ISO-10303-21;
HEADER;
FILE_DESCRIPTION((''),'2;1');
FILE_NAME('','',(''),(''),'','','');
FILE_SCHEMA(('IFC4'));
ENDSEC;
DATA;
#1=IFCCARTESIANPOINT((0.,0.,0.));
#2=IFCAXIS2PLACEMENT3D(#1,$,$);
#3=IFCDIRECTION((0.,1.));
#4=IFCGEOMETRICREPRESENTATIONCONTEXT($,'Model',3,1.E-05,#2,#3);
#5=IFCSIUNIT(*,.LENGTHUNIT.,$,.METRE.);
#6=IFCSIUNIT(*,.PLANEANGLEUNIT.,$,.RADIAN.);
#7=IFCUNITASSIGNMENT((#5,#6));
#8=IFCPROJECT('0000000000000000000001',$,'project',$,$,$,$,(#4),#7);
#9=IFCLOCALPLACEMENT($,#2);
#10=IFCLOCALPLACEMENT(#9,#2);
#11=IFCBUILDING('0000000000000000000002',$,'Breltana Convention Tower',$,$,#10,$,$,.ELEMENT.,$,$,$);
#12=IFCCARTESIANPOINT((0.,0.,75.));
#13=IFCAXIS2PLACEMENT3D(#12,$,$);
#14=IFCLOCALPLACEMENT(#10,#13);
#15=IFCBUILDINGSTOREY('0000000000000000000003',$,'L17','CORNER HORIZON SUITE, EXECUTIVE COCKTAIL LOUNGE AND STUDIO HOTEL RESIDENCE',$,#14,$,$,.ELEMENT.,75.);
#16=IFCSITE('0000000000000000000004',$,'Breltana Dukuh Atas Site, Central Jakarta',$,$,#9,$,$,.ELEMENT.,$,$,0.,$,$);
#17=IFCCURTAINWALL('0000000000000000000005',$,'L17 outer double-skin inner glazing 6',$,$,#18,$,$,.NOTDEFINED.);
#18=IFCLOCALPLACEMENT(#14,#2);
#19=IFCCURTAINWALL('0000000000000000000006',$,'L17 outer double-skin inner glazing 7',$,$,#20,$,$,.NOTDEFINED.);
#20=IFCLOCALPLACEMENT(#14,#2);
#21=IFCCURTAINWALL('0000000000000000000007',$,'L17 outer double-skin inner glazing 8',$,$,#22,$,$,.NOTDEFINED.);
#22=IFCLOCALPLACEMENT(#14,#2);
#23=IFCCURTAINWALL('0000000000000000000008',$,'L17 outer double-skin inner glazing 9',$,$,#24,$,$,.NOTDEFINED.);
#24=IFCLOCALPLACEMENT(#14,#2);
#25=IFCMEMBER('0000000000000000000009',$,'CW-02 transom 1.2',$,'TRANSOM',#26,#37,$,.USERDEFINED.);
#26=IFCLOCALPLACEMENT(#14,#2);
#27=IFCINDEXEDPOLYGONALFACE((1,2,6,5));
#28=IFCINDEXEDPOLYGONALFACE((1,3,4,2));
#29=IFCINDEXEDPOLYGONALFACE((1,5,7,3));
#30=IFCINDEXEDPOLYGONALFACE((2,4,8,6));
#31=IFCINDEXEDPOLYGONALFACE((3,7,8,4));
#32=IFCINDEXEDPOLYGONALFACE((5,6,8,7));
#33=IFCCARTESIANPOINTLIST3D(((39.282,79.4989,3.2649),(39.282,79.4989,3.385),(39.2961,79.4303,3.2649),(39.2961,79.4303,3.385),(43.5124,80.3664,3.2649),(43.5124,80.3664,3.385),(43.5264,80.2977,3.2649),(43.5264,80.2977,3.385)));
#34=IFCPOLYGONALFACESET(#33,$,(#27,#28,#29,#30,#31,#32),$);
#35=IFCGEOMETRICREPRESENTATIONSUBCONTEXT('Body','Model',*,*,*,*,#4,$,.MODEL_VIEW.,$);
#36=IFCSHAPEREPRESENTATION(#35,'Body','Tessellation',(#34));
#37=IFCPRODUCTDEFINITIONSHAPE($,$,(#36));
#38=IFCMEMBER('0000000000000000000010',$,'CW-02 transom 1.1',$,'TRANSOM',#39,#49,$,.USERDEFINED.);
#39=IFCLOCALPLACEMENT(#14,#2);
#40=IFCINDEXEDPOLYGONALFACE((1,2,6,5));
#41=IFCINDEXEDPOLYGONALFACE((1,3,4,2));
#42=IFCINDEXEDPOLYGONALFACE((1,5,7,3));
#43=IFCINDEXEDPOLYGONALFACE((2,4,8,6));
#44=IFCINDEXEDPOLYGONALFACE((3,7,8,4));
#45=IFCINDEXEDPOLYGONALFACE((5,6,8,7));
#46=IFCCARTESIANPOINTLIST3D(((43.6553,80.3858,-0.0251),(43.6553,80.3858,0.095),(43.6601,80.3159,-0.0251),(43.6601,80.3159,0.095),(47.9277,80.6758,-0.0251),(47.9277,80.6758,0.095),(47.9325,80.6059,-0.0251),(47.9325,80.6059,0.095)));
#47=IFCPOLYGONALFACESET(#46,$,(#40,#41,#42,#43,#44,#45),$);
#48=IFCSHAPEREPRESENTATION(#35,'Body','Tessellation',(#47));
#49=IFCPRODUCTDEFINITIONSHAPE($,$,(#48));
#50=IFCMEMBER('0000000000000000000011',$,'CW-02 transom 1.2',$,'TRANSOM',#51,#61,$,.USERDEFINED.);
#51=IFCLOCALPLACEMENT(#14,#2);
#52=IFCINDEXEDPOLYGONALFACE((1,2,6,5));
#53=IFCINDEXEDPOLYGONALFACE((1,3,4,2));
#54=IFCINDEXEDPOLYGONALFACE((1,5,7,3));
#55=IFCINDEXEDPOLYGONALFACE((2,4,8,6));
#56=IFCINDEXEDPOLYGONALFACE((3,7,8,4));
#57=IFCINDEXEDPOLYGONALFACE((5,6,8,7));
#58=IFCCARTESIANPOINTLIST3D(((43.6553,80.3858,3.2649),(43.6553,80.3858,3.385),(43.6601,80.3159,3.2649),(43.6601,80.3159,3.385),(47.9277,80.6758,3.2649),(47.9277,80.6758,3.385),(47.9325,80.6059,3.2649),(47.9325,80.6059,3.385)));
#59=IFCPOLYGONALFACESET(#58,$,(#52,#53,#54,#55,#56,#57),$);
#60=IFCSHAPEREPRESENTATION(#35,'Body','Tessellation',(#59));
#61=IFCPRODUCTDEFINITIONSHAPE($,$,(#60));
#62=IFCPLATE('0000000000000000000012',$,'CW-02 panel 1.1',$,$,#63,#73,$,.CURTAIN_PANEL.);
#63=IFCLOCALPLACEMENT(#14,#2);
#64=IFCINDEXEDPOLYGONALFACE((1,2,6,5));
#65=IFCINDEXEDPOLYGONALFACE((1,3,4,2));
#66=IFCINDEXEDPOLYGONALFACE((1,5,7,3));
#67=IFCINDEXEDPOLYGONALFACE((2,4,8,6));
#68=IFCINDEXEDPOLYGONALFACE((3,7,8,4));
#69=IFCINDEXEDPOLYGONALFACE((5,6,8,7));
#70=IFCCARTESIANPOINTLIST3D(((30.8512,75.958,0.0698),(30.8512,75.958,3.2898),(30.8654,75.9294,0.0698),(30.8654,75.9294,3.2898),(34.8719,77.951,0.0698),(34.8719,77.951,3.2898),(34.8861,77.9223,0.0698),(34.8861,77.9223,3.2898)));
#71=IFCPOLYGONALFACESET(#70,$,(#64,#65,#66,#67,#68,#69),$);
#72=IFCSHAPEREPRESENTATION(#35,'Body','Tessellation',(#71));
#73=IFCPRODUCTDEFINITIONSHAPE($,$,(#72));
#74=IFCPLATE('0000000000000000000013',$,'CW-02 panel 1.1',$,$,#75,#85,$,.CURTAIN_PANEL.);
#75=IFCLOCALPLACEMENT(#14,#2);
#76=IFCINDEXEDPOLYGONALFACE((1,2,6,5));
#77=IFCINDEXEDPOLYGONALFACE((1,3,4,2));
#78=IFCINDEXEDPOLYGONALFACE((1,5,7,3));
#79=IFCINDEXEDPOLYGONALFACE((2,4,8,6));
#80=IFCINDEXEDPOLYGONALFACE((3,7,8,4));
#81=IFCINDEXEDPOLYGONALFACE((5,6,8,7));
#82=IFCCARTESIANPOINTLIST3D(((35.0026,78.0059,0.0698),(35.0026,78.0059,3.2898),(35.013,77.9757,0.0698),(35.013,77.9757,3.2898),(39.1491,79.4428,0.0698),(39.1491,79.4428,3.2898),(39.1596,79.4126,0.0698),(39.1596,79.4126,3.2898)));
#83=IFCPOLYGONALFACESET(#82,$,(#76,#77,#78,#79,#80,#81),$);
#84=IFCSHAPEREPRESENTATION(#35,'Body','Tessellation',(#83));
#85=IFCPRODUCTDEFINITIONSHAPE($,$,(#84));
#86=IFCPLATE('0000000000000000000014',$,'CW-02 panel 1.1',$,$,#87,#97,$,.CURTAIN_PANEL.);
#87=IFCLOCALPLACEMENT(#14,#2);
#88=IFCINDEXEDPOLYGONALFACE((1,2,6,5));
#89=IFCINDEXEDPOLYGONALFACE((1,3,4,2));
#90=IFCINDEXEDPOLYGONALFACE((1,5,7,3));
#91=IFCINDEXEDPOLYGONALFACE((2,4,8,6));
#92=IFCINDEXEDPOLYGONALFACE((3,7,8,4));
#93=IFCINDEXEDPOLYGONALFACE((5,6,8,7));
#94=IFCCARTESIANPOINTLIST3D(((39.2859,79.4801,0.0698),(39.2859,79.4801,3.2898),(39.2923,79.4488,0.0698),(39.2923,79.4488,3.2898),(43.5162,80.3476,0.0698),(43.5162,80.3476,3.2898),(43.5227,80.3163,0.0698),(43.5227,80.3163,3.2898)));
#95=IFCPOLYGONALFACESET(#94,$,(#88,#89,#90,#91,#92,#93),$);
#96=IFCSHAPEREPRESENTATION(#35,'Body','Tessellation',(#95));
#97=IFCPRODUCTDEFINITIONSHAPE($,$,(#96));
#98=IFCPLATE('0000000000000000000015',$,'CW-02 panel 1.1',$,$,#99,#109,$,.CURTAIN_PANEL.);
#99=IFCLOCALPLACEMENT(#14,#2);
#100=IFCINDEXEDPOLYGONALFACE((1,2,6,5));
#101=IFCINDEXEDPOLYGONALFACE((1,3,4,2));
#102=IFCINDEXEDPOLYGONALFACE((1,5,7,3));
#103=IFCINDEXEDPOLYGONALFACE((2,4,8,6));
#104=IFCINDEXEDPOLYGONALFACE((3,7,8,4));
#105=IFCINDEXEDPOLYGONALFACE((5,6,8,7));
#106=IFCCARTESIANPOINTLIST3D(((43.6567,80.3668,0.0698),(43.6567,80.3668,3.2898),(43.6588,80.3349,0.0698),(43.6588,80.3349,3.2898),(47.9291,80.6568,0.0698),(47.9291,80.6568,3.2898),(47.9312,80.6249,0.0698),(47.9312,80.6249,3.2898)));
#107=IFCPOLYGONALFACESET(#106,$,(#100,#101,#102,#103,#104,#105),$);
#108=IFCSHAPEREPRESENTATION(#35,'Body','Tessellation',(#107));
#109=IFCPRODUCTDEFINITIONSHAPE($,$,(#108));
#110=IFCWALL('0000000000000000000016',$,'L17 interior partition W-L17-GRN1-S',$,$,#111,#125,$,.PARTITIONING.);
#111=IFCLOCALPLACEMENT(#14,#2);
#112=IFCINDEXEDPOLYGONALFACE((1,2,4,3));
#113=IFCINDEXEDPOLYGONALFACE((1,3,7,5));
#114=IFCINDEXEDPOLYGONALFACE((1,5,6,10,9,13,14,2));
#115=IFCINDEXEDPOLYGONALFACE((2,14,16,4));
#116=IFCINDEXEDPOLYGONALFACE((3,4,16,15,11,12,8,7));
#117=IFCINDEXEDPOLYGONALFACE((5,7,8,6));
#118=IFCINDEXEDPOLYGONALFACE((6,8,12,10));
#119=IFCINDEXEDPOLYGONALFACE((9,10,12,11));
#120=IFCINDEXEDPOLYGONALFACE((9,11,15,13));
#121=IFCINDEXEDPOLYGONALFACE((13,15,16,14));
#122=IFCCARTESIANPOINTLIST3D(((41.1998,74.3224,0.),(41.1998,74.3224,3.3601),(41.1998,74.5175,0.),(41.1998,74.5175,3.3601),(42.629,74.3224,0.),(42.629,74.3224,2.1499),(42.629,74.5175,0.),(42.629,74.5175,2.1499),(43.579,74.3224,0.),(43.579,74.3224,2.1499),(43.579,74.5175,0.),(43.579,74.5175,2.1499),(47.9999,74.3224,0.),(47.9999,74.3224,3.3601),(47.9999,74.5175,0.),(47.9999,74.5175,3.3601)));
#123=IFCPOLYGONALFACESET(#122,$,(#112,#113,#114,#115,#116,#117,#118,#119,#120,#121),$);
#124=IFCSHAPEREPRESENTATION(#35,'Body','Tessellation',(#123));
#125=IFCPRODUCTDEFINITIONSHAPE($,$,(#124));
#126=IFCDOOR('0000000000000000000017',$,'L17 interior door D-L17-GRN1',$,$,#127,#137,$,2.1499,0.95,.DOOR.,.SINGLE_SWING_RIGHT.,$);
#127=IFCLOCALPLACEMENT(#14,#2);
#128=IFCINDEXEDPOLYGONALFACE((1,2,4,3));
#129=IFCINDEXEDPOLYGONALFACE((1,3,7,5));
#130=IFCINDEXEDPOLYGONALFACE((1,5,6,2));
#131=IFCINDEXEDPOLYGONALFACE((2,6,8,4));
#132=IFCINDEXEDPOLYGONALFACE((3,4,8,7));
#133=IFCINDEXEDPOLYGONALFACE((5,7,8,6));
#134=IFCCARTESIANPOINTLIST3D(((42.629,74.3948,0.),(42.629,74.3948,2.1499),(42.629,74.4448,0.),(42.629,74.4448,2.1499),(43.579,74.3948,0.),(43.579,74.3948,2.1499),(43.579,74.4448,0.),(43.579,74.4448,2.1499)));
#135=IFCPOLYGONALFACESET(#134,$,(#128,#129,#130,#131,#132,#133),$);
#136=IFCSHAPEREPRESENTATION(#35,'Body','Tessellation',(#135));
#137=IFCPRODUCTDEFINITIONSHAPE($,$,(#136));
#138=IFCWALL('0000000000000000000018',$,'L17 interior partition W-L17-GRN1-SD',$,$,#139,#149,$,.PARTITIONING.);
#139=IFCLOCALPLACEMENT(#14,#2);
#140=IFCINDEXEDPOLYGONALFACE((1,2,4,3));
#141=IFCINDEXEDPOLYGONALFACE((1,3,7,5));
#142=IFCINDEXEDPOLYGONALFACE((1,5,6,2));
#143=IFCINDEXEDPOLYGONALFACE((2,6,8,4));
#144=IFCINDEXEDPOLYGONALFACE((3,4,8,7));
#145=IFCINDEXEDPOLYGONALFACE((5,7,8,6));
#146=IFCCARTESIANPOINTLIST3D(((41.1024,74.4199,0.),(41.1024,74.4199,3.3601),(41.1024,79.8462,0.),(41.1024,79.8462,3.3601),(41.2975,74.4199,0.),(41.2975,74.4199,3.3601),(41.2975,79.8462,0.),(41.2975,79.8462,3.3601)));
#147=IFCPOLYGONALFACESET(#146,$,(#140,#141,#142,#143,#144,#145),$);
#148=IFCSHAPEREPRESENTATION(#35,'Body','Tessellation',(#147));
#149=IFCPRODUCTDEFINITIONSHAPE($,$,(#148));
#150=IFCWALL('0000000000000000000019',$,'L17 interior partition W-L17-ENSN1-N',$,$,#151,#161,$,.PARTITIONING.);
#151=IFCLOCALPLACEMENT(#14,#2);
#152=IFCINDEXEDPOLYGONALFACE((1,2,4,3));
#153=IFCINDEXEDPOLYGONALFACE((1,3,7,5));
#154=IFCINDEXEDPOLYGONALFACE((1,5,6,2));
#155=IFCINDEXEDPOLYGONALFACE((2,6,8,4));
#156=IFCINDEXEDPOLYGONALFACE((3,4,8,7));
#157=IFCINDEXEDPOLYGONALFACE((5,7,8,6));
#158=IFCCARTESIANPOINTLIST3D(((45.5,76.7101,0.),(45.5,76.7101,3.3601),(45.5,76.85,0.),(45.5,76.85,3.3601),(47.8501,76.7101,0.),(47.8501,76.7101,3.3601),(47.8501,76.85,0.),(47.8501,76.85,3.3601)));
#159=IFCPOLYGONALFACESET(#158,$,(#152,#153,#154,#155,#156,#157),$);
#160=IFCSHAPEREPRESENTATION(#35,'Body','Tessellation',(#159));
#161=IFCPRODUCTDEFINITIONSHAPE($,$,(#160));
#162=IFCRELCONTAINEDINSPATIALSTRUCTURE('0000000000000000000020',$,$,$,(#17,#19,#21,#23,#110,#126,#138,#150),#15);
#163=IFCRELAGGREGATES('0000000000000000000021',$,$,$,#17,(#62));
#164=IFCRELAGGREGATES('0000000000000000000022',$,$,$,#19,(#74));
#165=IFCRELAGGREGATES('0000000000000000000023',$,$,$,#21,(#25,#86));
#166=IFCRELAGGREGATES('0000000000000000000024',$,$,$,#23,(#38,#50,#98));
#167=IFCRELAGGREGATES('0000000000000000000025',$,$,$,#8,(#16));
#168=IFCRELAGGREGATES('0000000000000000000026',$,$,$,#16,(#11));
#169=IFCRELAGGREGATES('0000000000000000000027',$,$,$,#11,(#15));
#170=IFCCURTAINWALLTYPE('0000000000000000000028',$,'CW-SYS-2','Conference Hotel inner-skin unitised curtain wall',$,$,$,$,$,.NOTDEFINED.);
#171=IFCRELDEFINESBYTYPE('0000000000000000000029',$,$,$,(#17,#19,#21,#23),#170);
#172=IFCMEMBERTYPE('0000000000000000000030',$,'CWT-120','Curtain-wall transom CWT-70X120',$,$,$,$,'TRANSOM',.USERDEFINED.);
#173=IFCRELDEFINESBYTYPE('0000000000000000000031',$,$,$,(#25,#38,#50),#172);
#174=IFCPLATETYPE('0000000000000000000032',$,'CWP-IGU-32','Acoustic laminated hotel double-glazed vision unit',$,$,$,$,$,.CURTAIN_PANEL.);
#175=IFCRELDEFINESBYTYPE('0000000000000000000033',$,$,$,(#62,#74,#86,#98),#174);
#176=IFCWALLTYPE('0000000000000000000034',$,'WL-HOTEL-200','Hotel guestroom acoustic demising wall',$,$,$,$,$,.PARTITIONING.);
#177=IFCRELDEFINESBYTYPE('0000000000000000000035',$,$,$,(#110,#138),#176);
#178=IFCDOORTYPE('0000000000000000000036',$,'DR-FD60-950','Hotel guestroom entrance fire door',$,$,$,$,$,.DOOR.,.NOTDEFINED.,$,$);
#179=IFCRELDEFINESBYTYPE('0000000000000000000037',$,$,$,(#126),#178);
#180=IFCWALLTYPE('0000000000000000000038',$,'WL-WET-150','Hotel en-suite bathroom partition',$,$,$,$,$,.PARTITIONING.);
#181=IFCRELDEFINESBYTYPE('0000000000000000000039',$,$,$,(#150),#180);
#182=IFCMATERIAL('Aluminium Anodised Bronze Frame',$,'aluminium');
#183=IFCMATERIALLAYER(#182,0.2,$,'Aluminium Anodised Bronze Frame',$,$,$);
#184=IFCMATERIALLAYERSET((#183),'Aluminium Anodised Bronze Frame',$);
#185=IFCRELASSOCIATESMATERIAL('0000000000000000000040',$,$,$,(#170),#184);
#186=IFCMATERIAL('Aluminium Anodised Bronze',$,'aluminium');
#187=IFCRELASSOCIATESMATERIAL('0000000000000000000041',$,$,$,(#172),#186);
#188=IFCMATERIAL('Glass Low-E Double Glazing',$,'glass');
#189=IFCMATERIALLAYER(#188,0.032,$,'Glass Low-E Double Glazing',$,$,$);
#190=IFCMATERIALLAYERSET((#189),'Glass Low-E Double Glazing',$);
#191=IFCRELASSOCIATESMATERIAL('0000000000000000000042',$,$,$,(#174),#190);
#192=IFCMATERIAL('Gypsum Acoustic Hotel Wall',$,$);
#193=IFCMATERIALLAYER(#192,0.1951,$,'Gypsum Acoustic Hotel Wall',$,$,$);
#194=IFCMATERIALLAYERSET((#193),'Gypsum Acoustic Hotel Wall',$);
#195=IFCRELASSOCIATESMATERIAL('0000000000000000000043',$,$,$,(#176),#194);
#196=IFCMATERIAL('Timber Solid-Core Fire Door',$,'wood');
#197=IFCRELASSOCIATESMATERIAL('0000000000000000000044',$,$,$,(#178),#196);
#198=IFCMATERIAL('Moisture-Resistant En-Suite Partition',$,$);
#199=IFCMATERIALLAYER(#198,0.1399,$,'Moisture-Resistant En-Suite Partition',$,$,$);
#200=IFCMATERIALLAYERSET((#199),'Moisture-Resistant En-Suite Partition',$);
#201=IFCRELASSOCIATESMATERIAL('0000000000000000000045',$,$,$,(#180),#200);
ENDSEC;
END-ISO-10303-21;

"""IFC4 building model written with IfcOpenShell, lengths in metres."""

from ifc_helpers import new_model, si_unit, direction, frame, frame_2d, origin, origin_2d, place, context, subcontext, project, spatial, rectangle, extrude, source, transform, mapped, material, layer, layer_set, material_profile, profile_set, type_object, type_shapes, element, fill, aggregate, save


model = new_model("IFC4")

# Units and contexts
model_context = context("Model", 3, precision=1e-05, world=origin(), true_north=direction((0.0, 1.0)))
body_context = subcontext(model_context, "Body", "Model", "MODEL_VIEW")
ifc_project = project(units=[si_unit("LENGTHUNIT", "METRE"), si_unit("PLANEANGLEUNIT", "RADIAN")], contexts=[model_context])

# Site, building, storey
site_placement = place(None, origin())
site = spatial("IfcSite", under=ifc_project, at=site_placement, Name="Breltana Dukuh Atas Site, Central Jakarta", CompositionType="ELEMENT", RefElevation=0.0)
building_placement = place(site_placement, origin())
building = spatial("IfcBuilding", under=site, at=building_placement, Name="Breltana Convention Tower", CompositionType="ELEMENT")
storey_placement = place(building_placement, frame((0.0, 0.0, 75.0)))
storey = spatial("IfcBuildingStorey", under=building, at=storey_placement, Name="L17", Description="CORNER HORIZON SUITE, EXECUTIVE COCKTAIL LOUNGE AND STUDIO HOTEL RESIDENCE", CompositionType="ELEMENT", Elevation=75.0)

# Curtain wall
ifc_material_1 = material(Name="Aluminium Anodised Bronze Frame", Category="aluminium")
ifc_layer_1 = layer(ifc_material_1, 0.2, Name="Aluminium Anodised Bronze Frame")
ifc_layer_set_1 = layer_set([ifc_layer_1], Name="Aluminium Anodised Bronze Frame")
curtain_wall_type = type_object("IfcCurtainWallType", Name="CW-SYS-2", Description="Conference Hotel inner-skin unitised curtain wall", PredefinedType="NOTDEFINED", material=ifc_layer_set_1)
curtain_wall_1_placement = place(storey_placement, origin())
curtain_wall_1 = element("IfcCurtainWall", 1, at=curtain_wall_1_placement, inside=storey, type_object=curtain_wall_type, Name="L17 outer double-skin inner glazing 6", PredefinedType="NOTDEFINED")
ifc_material_2 = material(Name="Aluminium Anodised Bronze", Category="aluminium")

# Curtain walls
curtain_wall_2_placement = place(storey_placement, origin())
curtain_wall_2 = element("IfcCurtainWall", 2, at=curtain_wall_2_placement, inside=storey, type_object=curtain_wall_type, Name="L17 outer double-skin inner glazing 7", PredefinedType="NOTDEFINED")
curtain_wall_3_placement = place(storey_placement, origin())
curtain_wall_3 = element("IfcCurtainWall", 3, at=curtain_wall_3_placement, inside=storey, type_object=curtain_wall_type, Name="L17 outer double-skin inner glazing 8", PredefinedType="NOTDEFINED")

# Curtain wall
curtain_wall_4_placement = place(storey_placement, origin())
curtain_wall_4 = element("IfcCurtainWall", 4, at=curtain_wall_4_placement, inside=storey, type_object=curtain_wall_type, Name="L17 outer double-skin inner glazing 9", PredefinedType="NOTDEFINED")

# Members
ifc_material_profile_1 = material_profile(ifc_material_2, rectangle(XDim=0.0701, YDim=0.1201, at=origin_2d()), Name="CWT-70X120")
ifc_profile_set_1 = profile_set([ifc_material_profile_1], Name="Aluminium Anodised Bronze")
member_type_1 = type_object("IfcMemberType", Name="CWT-120", Description="Curtain-wall transom CWT-70X120", ElementType="TRANSOM", PredefinedType="USERDEFINED", material=ifc_profile_set_1)
shared_shape_1 = source(origin(), body_context, "Body", "SweptSolid", [
    extrude(rectangle(XDim=0.0701, YDim=0.1201, at=origin_2d()), origin(), (0.0, 0.0, 1.0), 4.3184),
])
member_1_placement = place(storey_placement, frame((39.2891, 79.4646, 3.325), z_axis=(0.979617, 0.200876, 0.0), x_axis=(-0.200876, 0.979617, 0.0)))
member_1 = element("IfcMember", 5, at=member_1_placement, type_object=member_type_1, Name="CW-02 transom 1.2", ObjectType="TRANSOM", PredefinedType="USERDEFINED", context=body_context, shape_type="MappedRepresentation", body=[
    mapped(shared_shape_1, transform((0.0, 0.0, 0.0), scale=1.0)),
])
shared_shape_2 = source(origin(), body_context, "Body", "SweptSolid", [
    extrude(rectangle(XDim=0.0701, YDim=0.1201, at=origin_2d()), origin(), (0.0, 0.0, 1.0), 4.2822),
])
member_2_placement = place(storey_placement, frame((43.6577, 80.3508, 0.0349), z_axis=(0.997704, 0.06773, 0.0), x_axis=(-0.06773, 0.997704, 0.0)))
member_2 = element("IfcMember", 6, at=member_2_placement, type_object=member_type_1, Name="CW-02 transom 1.1", ObjectType="TRANSOM", PredefinedType="USERDEFINED", context=body_context, shape_type="MappedRepresentation", body=[
    mapped(shared_shape_2, transform((0.0, 0.0, 0.0), scale=1.0)),
])
member_3_placement = place(storey_placement, frame((43.6577, 80.3508, 3.325), z_axis=(0.997704, 0.06773, 0.0), x_axis=(-0.06773, 0.997704, 0.0)))
member_3 = element("IfcMember", 7, at=member_3_placement, type_object=member_type_1, Name="CW-02 transom 1.2", ObjectType="TRANSOM", PredefinedType="USERDEFINED", context=body_context, shape_type="MappedRepresentation", body=[
    mapped(shared_shape_2, transform((0.0, 0.0, 0.0), scale=1.0)),
])

# Plates
ifc_material_3 = material(Name="Glass Low-E Double Glazing", Category="glass")
ifc_layer_2 = layer(ifc_material_3, 0.032, Name="Glass Low-E Double Glazing")
ifc_layer_set_2 = layer_set([ifc_layer_2], Name="Glass Low-E Double Glazing")
plate_type = type_object("IfcPlateType", Name="CWP-IGU-32", Description="Acoustic laminated hotel double-glazed vision unit", PredefinedType="CURTAIN_PANEL", material=ifc_layer_set_2)
shared_shape_3 = source(origin(), body_context, "Body", "SweptSolid", [
    extrude(rectangle(XDim=4.4875, YDim=0.032, at=origin_2d()), origin(), (0.0, 0.0, 1.0), 3.22),
])
plate_1_placement = place(storey_placement, frame((32.8687, 76.9402, 0.0698), z_axis=(0.0, 0.0, 1.0), x_axis=(0.895973, 0.444108, 0.0)))
plate_1 = element("IfcPlate", 8, at=plate_1_placement, type_object=plate_type, Name="CW-02 panel 1.1", PredefinedType="CURTAIN_PANEL", context=body_context, shape_type="MappedRepresentation", body=[
    mapped(shared_shape_3, transform((0.0, 0.0, 0.0), scale=1.0)),
])
aggregate(curtain_wall_1, [plate_1])
shared_shape_4 = source(origin(), body_context, "Body", "SweptSolid", [
    extrude(rectangle(XDim=4.3884, YDim=0.032, at=origin_2d()), origin(), (0.0, 0.0, 1.0), 3.22),
])
plate_2_placement = place(storey_placement, frame((37.0811, 78.7092, 0.0698), z_axis=(0.0, 0.0, 1.0), x_axis=(0.944876, 0.327428, 0.0)))
plate_2 = element("IfcPlate", 9, at=plate_2_placement, type_object=plate_type, Name="CW-02 panel 1.1", PredefinedType="CURTAIN_PANEL", context=body_context, shape_type="MappedRepresentation", body=[
    mapped(shared_shape_4, transform((0.0, 0.0, 0.0), scale=1.0)),
])
aggregate(curtain_wall_2, [plate_2])
shared_shape_5 = source(origin(), body_context, "Body", "SweptSolid", [
    extrude(rectangle(XDim=4.3184, YDim=0.032, at=origin_2d()), origin(), (0.0, 0.0, 1.0), 3.22),
])
plate_3_placement = place(storey_placement, frame((41.4043, 79.8982, 0.0698), z_axis=(0.0, 0.0, 1.0), x_axis=(0.979615, 0.200885, 0.0)))
plate_3 = element("IfcPlate", 10, at=plate_3_placement, type_object=plate_type, Name="CW-02 panel 1.1", PredefinedType="CURTAIN_PANEL", context=body_context, shape_type="MappedRepresentation", body=[
    mapped(shared_shape_5, transform((0.0, 0.0, 0.0), scale=1.0)),
])
aggregate(curtain_wall_3, [member_1, plate_3])
shared_shape_6 = source(origin(), body_context, "Body", "SweptSolid", [
    extrude(rectangle(XDim=4.2822, YDim=0.032, at=origin_2d()), origin(), (0.0, 0.0, 1.0), 3.22),
])
plate_4_placement = place(storey_placement, frame((45.7939, 80.4958, 0.0698), z_axis=(0.0, 0.0, 1.0), x_axis=(0.997704, 0.067726, 0.0)))
plate_4 = element("IfcPlate", 11, at=plate_4_placement, type_object=plate_type, Name="CW-02 panel 1.1", PredefinedType="CURTAIN_PANEL", context=body_context, shape_type="MappedRepresentation", body=[
    mapped(shared_shape_6, transform((0.0, 0.0, 0.0), scale=1.0)),
])
aggregate(curtain_wall_4, [member_2, member_3, plate_4])

# Wall, opening, door
ifc_material_4 = material(Name="Gypsum Acoustic Hotel Wall")
ifc_layer_3 = layer(ifc_material_4, 0.1951, Name="Gypsum Acoustic Hotel Wall")
ifc_layer_set_3 = layer_set([ifc_layer_3], Name="Gypsum Acoustic Hotel Wall")
wall_type_1 = type_object("IfcWallType", Name="WL-HOTEL-200", Description="Hotel guestroom acoustic demising wall", PredefinedType="PARTITIONING", material=ifc_layer_set_3)
shared_shape_7 = source(origin(), body_context, "Body", "SweptSolid", [
    extrude(rectangle(XDim=6.8, YDim=0.1951, at=frame_2d((3.3999, 0.0))), origin(), (0.0, 0.0, 1.0), 3.3601),
])
type_shapes(wall_type_1, [shared_shape_7])
wall_1_placement = place(storey_placement, frame((41.2, 74.4199, 0.0), z_axis=(0.0, 0.0, 1.0), x_axis=(1.0, 0.0, 0.0)))
wall_1 = element("IfcWall", 12, at=wall_1_placement, inside=storey, type_object=wall_type_1, Name="L17 interior partition W-L17-GRN1-S", PredefinedType="PARTITIONING", context=body_context, shape_type="MappedRepresentation", body=[
    mapped(shared_shape_7, transform((0.0, 0.0, 0.0), scale=1.0)),
])
opening_1_placement = place(wall_1_placement, frame((1.429, 0.0, 0.0)))
opening_1 = element("IfcOpeningElement", 13, at=opening_1_placement, cuts=wall_1, PredefinedType="OPENING", context=body_context, shape_type="SweptSolid", body=[
    extrude(rectangle(XDim=0.95, YDim=2.1499, at=frame_2d((0.4751, 1.075))), frame((0.0, 0.1074, 0.0), z_axis=(0.0, -1.0, 0.0), x_axis=(1.0, 0.0, 0.0)), (0.0, 0.0, 1.0), 0.2151),
])
ifc_material_5 = material(Name="Timber Solid-Core Fire Door", Category="wood")
door_type_1 = type_object("IfcDoorType", Name="DR-FD60-950", Description="Hotel guestroom entrance fire door", OperationType="NOTDEFINED", PredefinedType="DOOR", material=ifc_material_5)
shared_shape_8 = source(origin(), body_context, "Body", "SweptSolid", [
    extrude(rectangle(XDim=0.95, YDim=2.1499, at=frame_2d((0.4751, 1.075))), frame((0.0, 0.0249, 0.0), z_axis=(0.0, -1.0, 0.0), x_axis=(1.0, 0.0, 0.0)), (0.0, 0.0, 1.0), 0.05),
])
type_shapes(door_type_1, [shared_shape_8])
door_1_placement = place(opening_1_placement, origin())
door_1 = element("IfcDoor", 14, at=door_1_placement, inside=storey, type_object=door_type_1, Name="L17 interior door D-L17-GRN1", OperationType="SINGLE_SWING_RIGHT", OverallHeight=2.1499, OverallWidth=0.95, PredefinedType="DOOR", context=body_context, shape_type="MappedRepresentation", body=[
    mapped(shared_shape_8, transform((0.0, 0.0, 0.0), scale=1.0)),
])
fill(opening_1, door_1)

# Walls
shared_shape_9 = source(origin(), body_context, "Body", "SweptSolid", [
    extrude(rectangle(XDim=5.4263, YDim=0.1951, at=frame_2d((2.7131, 0.0))), origin(), (0.0, 0.0, 1.0), 3.3601),
])
wall_2_placement = place(storey_placement, frame((41.2, 74.4199, 0.0), z_axis=(0.0, 0.0, 1.0), x_axis=(0.0, 1.0, 0.0)))
element("IfcWall", 15, at=wall_2_placement, inside=storey, type_object=wall_type_1, Name="L17 interior partition W-L17-GRN1-SD", PredefinedType="PARTITIONING", context=body_context, shape_type="MappedRepresentation", body=[
    mapped(shared_shape_9, transform((0.0, 0.0, 0.0), scale=1.0)),
])
ifc_material_6 = material(Name="Moisture-Resistant En-Suite Partition")
ifc_layer_4 = layer(ifc_material_6, 0.1399, Name="Moisture-Resistant En-Suite Partition")
ifc_layer_set_4 = layer_set([ifc_layer_4], Name="Moisture-Resistant En-Suite Partition")
wall_type_2 = type_object("IfcWallType", Name="WL-WET-150", Description="Hotel en-suite bathroom partition", PredefinedType="PARTITIONING", material=ifc_layer_set_4)
shared_shape_10 = source(origin(), body_context, "Body", "SweptSolid", [
    extrude(rectangle(XDim=2.3501, YDim=0.1399, at=frame_2d((1.175, 0.0))), origin(), (0.0, 0.0, 1.0), 3.3601),
])
type_shapes(wall_type_2, [shared_shape_10])
wall_3_placement = place(storey_placement, frame((45.5, 76.78, 0.0), z_axis=(0.0, 0.0, 1.0), x_axis=(1.0, 0.0, 0.0)))
element("IfcWall", 16, at=wall_3_placement, inside=storey, type_object=wall_type_2, Name="L17 interior partition W-L17-ENSN1-N", PredefinedType="PARTITIONING", context=body_context, shape_type="MappedRepresentation", body=[
    mapped(shared_shape_10, transform((0.0, 0.0, 0.0), scale=1.0)),
])

save(model, "model.ifc")
